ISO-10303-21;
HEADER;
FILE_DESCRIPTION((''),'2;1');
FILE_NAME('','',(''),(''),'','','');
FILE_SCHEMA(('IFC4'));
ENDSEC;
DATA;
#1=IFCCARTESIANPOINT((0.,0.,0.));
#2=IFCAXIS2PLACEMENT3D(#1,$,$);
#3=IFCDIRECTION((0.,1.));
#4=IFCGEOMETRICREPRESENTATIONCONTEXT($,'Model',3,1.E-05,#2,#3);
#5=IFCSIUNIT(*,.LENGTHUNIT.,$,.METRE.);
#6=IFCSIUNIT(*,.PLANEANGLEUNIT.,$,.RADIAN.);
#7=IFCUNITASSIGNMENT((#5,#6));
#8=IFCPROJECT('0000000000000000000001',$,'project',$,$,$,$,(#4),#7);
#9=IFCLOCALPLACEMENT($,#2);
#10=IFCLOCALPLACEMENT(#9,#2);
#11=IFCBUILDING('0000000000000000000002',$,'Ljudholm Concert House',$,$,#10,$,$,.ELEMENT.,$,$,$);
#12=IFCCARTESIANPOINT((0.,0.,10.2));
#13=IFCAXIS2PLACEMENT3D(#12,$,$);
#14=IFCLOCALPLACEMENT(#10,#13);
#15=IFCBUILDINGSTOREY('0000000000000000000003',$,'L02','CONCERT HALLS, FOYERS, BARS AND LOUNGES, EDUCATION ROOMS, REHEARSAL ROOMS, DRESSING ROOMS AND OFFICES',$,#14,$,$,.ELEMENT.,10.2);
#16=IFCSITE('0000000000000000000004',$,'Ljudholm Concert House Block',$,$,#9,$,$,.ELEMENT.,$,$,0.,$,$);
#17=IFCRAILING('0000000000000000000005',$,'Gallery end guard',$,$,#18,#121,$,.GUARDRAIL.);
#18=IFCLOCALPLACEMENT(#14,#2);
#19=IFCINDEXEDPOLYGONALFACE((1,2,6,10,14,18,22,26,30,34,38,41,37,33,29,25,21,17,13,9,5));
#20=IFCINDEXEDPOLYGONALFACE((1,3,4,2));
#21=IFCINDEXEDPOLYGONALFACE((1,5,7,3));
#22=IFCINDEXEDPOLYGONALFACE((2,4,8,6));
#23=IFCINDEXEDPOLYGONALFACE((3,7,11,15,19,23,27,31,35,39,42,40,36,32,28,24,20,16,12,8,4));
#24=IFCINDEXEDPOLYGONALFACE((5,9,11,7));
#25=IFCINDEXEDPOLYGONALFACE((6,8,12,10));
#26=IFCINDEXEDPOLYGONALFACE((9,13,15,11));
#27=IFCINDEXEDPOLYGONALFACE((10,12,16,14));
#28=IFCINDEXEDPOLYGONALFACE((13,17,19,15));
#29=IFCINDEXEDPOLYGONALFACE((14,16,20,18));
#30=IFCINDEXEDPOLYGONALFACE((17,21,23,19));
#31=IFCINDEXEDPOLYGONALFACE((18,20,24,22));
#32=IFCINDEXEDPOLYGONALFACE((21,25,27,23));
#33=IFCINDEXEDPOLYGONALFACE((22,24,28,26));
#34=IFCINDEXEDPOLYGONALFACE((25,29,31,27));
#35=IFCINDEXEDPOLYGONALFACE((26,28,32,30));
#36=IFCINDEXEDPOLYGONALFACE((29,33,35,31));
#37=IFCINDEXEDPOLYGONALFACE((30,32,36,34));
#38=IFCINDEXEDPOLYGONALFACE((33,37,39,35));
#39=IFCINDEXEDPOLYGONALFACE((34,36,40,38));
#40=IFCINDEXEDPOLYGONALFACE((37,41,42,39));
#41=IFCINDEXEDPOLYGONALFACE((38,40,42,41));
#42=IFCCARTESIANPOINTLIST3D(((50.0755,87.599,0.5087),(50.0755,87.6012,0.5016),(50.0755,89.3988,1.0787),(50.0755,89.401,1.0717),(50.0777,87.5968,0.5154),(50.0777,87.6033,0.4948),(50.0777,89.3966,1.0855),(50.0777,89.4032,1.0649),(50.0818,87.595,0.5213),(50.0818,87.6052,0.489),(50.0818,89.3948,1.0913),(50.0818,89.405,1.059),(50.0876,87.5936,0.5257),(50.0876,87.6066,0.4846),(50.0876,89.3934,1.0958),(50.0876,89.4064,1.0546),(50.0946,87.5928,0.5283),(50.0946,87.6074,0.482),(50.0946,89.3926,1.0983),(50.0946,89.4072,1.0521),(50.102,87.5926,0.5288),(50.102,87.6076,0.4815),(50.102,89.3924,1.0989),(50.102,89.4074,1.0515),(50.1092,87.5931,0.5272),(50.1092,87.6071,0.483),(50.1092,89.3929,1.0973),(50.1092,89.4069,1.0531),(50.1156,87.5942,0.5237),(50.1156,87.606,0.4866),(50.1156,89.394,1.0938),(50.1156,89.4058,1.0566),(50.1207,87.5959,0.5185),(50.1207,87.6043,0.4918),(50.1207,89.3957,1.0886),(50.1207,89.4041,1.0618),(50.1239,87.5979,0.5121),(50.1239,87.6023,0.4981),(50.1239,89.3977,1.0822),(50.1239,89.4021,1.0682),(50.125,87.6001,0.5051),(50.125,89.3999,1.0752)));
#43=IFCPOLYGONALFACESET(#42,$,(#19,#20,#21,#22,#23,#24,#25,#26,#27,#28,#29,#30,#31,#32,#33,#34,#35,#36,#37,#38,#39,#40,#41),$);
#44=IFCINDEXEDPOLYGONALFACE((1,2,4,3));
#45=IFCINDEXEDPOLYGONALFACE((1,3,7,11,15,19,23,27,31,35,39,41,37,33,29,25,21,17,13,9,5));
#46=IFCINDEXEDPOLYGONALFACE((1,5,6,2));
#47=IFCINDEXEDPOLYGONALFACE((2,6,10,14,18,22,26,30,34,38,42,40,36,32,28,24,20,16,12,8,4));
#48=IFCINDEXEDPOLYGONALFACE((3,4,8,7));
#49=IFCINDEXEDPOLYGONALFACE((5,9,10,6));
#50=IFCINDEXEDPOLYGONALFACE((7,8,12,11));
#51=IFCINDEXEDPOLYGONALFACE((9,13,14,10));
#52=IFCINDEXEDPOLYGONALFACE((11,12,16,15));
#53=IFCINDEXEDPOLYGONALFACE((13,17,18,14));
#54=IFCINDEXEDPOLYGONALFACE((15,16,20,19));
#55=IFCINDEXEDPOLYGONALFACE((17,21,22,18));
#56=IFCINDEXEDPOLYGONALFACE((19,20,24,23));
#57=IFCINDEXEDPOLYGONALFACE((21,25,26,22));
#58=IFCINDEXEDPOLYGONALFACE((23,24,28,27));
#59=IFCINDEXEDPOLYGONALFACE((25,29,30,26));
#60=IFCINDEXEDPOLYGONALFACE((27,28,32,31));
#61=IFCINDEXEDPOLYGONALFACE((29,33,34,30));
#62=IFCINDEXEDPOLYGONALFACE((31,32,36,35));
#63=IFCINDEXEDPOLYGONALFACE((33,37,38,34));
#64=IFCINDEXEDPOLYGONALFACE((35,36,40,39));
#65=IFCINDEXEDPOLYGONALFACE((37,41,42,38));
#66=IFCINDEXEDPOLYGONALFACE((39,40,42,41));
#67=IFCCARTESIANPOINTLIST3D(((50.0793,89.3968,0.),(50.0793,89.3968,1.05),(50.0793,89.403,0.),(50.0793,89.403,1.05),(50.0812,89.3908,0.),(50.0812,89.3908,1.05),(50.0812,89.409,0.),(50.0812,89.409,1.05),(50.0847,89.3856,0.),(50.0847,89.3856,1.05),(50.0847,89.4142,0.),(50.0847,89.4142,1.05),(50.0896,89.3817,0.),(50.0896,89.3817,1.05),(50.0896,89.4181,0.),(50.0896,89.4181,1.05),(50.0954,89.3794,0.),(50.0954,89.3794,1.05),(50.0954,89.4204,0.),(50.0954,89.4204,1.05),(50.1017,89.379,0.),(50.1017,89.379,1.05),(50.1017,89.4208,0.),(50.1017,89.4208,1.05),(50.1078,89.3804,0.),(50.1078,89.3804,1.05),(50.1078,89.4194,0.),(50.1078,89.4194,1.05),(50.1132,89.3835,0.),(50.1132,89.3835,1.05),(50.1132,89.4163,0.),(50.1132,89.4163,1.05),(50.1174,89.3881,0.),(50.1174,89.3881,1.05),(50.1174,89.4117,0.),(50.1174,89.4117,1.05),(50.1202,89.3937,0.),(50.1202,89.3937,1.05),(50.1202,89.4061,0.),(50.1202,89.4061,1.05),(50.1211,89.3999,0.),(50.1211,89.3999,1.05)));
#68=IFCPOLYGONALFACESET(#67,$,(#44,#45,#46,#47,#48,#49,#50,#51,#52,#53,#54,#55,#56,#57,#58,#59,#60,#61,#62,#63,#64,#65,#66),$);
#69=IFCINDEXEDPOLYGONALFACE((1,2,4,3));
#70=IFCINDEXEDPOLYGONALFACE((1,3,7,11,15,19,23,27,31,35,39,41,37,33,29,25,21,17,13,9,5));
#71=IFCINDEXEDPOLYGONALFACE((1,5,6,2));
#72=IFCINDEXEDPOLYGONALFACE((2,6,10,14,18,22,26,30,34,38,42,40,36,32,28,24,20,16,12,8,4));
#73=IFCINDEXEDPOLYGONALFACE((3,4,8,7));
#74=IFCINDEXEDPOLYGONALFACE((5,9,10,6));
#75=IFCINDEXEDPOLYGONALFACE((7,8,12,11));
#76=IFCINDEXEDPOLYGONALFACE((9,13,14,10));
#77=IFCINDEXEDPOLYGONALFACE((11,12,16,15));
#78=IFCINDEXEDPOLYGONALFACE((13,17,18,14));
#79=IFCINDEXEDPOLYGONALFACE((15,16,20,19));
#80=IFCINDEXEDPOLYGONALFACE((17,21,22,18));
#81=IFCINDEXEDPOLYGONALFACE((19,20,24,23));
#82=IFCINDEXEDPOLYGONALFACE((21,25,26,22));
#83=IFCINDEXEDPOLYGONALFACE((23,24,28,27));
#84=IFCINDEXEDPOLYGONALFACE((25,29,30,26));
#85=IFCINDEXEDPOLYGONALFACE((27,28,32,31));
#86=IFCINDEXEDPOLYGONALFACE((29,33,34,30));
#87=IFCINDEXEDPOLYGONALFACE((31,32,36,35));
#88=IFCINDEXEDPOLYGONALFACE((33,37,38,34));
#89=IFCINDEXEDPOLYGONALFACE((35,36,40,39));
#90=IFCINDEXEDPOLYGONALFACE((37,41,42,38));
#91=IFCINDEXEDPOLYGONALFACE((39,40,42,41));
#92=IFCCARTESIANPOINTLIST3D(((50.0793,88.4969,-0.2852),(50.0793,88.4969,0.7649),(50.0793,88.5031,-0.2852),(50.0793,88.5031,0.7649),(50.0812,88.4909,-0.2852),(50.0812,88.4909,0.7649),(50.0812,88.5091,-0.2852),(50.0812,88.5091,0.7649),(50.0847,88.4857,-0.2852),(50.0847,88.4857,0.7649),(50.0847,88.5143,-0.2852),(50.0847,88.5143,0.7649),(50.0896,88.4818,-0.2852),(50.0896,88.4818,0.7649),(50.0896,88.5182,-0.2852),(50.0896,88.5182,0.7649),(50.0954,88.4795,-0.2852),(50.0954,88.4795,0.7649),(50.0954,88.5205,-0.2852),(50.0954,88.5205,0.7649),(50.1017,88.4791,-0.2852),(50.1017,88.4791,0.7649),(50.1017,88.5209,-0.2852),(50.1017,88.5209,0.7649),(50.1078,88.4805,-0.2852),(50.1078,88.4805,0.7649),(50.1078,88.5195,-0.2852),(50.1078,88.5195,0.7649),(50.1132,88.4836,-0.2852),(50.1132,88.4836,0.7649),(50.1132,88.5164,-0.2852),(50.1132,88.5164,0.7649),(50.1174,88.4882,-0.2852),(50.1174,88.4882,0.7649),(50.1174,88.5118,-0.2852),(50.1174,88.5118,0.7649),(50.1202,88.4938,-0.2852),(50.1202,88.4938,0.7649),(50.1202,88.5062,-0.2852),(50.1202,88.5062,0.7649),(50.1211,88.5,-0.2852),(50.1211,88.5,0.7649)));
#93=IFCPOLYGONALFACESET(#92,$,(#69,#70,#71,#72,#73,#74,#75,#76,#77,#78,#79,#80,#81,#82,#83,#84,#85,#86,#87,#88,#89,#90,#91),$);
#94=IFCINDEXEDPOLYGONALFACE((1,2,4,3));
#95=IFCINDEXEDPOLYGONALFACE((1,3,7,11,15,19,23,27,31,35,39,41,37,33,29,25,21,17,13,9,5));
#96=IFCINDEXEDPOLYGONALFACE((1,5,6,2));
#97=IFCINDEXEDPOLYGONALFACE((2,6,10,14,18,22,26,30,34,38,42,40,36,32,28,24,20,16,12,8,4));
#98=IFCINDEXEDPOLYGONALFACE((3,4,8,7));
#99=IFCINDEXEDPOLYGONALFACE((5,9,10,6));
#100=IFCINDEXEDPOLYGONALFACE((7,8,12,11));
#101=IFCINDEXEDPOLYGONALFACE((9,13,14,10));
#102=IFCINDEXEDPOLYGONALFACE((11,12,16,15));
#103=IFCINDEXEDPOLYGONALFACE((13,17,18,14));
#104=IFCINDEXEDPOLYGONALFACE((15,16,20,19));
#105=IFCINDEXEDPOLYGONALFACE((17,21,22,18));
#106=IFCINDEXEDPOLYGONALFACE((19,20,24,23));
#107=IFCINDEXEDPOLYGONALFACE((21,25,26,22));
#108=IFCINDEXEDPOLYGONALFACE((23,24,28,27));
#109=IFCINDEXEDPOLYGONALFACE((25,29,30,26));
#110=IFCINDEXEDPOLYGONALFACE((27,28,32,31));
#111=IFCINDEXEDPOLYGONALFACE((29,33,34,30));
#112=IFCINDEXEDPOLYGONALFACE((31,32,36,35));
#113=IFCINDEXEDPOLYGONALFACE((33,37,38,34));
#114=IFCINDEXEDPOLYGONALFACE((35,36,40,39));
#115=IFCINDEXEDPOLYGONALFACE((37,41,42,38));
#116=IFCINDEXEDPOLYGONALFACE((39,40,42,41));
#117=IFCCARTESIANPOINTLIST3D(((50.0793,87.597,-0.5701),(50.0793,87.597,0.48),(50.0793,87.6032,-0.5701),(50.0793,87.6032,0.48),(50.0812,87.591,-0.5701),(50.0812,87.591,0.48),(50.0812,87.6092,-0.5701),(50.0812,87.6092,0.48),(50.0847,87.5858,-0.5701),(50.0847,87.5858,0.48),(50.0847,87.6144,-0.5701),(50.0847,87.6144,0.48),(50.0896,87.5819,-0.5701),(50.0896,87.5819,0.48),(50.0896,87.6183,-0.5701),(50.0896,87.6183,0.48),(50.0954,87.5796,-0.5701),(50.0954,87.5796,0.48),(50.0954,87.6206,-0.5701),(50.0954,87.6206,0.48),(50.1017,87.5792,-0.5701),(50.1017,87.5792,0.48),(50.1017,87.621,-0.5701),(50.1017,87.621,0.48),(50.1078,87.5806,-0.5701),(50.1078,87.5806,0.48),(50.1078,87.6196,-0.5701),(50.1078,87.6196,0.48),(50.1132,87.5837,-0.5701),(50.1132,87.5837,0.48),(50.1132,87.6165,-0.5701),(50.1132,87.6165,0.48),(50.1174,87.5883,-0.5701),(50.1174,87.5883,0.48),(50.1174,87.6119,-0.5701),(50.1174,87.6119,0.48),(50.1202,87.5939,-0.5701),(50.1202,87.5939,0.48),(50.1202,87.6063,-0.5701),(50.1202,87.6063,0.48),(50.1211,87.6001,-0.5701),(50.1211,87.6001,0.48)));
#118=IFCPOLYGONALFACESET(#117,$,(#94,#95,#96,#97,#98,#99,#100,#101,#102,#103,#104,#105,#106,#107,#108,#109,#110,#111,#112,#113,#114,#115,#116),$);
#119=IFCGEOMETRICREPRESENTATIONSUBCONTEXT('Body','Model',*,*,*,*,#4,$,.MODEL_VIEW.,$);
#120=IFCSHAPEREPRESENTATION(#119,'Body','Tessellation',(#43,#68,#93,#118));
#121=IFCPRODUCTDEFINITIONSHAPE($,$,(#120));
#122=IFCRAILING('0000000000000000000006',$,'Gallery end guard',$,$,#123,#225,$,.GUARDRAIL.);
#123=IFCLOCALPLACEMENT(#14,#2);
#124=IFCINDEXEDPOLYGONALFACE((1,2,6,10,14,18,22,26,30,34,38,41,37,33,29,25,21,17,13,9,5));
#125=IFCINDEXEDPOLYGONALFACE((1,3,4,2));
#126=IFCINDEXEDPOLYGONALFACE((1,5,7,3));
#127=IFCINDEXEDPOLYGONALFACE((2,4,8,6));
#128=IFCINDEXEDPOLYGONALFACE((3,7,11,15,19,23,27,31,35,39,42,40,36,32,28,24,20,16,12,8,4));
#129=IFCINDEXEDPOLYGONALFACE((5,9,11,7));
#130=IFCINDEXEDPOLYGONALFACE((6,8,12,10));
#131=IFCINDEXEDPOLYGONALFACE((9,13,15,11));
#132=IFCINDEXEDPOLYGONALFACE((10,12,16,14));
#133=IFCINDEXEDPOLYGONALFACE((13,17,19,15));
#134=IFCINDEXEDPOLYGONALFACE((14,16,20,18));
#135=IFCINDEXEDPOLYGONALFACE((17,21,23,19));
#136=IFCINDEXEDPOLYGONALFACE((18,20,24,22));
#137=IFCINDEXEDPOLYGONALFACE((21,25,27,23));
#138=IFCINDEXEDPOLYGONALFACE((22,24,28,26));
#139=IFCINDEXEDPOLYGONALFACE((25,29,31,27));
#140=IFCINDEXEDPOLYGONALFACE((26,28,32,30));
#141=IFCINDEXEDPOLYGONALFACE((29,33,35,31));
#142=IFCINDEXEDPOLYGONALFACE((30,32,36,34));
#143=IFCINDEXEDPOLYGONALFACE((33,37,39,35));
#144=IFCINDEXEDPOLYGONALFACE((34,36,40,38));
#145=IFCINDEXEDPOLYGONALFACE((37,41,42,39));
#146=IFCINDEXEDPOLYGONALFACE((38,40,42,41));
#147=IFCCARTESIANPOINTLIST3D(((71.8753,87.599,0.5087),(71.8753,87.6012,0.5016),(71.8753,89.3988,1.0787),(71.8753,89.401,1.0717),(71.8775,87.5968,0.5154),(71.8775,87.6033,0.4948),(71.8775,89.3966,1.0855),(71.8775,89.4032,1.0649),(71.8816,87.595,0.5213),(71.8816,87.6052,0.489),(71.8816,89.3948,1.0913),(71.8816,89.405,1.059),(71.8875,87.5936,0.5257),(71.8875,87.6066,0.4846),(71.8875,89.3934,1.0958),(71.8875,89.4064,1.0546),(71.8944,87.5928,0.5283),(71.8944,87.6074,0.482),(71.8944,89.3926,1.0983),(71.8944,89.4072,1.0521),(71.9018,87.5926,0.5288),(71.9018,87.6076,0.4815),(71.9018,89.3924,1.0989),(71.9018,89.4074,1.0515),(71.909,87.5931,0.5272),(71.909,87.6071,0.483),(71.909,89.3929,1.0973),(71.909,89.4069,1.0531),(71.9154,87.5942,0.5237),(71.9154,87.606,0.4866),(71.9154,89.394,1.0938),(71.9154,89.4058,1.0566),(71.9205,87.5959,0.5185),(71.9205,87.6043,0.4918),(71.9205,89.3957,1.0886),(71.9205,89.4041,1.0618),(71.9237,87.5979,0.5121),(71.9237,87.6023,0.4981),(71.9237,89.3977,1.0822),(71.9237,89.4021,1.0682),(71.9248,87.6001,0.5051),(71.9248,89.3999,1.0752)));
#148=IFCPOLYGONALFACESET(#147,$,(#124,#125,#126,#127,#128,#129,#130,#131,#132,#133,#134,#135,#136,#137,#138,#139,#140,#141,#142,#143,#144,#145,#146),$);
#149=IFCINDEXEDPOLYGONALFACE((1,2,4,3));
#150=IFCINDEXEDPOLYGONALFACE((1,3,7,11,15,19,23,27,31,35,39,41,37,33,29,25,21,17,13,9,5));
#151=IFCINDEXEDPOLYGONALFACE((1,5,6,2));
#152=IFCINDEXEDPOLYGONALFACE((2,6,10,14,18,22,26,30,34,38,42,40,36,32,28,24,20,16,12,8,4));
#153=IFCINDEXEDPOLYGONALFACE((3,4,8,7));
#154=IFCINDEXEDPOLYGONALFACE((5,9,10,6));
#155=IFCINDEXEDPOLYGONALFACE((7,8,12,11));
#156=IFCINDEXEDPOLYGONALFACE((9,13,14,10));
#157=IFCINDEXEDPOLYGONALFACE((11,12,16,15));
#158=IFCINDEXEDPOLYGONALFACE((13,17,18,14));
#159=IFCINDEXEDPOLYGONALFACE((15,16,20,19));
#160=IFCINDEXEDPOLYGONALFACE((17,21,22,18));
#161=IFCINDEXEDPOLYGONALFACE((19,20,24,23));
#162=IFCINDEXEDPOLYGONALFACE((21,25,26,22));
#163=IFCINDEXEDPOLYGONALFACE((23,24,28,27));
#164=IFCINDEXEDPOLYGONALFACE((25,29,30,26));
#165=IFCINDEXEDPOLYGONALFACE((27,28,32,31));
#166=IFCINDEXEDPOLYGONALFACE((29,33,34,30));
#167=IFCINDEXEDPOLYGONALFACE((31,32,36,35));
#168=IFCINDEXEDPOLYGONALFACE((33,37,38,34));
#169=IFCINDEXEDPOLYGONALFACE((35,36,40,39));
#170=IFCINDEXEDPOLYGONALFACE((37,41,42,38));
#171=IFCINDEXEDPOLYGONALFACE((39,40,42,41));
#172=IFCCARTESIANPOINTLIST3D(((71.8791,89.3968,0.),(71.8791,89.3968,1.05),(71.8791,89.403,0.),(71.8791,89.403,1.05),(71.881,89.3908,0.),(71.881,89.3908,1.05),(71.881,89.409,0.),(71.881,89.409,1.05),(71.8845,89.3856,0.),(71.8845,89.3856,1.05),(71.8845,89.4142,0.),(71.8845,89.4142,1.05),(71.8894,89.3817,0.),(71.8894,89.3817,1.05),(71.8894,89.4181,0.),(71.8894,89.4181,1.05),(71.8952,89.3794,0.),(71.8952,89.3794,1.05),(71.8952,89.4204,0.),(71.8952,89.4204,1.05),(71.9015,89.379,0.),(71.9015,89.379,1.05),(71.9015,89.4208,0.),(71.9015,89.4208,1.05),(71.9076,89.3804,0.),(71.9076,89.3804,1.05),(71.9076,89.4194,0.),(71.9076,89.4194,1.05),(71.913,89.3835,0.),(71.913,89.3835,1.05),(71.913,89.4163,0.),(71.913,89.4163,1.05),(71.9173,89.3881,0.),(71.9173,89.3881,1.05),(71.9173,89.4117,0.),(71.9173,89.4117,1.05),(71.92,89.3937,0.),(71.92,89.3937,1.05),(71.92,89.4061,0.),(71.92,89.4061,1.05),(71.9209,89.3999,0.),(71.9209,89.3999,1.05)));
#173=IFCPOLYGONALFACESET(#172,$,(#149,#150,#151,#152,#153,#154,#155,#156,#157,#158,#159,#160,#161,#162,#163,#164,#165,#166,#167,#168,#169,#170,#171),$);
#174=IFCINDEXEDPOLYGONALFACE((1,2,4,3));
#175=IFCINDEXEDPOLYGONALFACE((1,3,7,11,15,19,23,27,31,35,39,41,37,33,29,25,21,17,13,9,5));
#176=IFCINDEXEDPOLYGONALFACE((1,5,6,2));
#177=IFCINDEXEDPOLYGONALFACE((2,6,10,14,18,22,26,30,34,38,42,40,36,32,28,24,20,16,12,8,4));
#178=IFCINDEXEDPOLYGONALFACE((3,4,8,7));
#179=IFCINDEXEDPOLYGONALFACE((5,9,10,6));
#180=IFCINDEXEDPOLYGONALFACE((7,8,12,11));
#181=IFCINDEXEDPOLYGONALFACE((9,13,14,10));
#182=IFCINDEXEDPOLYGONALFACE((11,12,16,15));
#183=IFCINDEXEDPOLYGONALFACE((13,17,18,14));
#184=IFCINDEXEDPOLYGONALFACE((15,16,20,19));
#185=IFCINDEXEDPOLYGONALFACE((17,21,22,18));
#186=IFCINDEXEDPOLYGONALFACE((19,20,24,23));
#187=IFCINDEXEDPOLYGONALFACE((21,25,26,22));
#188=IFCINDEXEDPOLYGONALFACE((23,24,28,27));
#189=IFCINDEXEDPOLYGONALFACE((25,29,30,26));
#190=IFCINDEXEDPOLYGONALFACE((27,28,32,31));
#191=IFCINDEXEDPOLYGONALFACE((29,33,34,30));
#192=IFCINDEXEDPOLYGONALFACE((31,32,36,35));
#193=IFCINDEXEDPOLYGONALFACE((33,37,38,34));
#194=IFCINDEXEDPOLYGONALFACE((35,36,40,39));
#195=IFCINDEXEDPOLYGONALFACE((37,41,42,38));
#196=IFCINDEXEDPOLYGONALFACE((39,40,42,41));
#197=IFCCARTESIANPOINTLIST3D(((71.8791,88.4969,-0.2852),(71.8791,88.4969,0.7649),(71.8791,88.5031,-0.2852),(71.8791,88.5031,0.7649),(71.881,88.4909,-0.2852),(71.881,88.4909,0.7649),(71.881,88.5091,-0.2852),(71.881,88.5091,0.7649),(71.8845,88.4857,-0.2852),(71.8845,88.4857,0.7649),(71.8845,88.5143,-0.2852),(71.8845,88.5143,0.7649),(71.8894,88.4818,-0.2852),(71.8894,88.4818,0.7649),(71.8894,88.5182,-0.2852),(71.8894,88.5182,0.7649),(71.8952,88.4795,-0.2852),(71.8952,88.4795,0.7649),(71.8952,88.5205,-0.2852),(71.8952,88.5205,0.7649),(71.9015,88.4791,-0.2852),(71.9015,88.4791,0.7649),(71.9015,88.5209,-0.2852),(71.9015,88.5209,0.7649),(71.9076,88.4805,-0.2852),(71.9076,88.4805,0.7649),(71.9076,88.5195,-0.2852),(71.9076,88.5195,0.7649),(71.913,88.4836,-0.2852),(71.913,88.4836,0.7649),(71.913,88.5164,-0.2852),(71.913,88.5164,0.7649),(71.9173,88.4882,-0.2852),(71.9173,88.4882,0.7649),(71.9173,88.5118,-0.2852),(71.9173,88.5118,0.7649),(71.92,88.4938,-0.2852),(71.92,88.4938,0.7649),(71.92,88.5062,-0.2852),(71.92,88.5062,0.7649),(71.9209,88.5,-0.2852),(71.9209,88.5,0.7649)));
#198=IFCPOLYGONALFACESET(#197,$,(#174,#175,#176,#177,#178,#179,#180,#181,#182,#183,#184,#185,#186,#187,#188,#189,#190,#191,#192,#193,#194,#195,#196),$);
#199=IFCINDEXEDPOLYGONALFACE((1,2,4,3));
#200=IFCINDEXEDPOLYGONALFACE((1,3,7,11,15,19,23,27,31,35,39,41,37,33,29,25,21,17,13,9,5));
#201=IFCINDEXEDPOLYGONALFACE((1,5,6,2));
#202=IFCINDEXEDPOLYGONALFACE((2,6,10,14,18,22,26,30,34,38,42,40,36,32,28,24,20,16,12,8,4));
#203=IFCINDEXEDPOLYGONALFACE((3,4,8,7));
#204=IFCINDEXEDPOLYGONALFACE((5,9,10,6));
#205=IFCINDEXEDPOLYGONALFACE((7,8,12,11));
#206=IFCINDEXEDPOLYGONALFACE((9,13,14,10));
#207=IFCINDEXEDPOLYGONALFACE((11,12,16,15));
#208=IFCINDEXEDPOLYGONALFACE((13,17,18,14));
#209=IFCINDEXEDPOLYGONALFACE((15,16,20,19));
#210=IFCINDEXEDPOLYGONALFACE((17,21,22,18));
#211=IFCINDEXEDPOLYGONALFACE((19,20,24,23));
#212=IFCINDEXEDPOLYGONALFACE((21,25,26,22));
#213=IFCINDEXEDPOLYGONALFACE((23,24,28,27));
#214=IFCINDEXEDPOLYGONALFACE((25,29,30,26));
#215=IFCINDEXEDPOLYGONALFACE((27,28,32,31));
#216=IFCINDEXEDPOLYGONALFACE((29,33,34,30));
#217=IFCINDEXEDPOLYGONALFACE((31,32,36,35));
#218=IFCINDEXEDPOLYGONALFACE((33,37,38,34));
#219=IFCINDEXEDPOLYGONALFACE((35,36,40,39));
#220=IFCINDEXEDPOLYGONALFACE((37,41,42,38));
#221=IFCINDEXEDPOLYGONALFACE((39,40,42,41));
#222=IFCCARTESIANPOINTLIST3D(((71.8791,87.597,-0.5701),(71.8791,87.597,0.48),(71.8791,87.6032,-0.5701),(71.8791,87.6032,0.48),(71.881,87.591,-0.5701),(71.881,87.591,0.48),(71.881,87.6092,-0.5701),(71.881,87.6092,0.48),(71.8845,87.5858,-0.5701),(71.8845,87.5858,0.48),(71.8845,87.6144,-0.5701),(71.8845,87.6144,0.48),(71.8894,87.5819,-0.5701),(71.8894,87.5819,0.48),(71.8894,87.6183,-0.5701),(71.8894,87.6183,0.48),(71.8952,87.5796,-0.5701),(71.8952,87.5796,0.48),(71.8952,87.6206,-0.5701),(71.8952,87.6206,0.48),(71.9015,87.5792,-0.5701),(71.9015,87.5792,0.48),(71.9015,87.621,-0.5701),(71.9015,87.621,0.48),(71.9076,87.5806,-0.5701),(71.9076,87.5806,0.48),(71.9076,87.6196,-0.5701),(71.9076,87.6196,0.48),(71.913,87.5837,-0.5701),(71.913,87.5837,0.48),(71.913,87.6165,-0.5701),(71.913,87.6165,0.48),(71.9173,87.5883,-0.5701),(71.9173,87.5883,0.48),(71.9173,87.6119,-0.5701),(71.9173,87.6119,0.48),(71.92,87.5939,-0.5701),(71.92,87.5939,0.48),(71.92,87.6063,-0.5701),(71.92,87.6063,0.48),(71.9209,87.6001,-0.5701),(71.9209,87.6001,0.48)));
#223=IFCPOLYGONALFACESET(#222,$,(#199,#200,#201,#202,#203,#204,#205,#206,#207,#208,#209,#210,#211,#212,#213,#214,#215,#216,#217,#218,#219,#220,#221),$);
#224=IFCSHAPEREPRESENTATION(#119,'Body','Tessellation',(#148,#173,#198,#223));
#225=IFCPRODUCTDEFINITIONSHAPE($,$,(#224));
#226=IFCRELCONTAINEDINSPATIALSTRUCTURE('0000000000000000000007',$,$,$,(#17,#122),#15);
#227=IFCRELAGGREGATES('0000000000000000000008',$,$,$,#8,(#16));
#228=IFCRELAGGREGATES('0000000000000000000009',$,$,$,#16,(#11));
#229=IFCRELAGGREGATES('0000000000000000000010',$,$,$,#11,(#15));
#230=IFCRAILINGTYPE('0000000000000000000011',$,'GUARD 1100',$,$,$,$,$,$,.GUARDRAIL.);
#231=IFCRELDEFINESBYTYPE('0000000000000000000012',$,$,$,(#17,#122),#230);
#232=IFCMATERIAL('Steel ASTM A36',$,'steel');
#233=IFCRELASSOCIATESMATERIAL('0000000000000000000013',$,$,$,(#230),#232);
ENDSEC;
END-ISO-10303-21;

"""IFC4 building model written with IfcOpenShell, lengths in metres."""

from ifc_helpers import new_model, si_unit, direction, frame, origin, origin_2d, place, context, subcontext, project, spatial, circle, extrude, material, type_object, element, save


model = new_model("IFC4")

# Units and contexts
model_context = context("Model", 3, precision=1e-05, world=origin(), true_north=direction((0.0, 1.0)))
body_context = subcontext(model_context, "Body", "Model", "MODEL_VIEW")
ifc_project = project(units=[si_unit("LENGTHUNIT", "METRE"), si_unit("PLANEANGLEUNIT", "RADIAN")], contexts=[model_context])

# Site, building, storey
site_placement = place(None, origin())
site = spatial("IfcSite", under=ifc_project, at=site_placement, Name="Ljudholm Concert House Block", CompositionType="ELEMENT", RefElevation=0.0)
building_placement = place(site_placement, origin())
building = spatial("IfcBuilding", under=site, at=building_placement, Name="Ljudholm Concert House", CompositionType="ELEMENT")
storey_placement = place(building_placement, frame((0.0, 0.0, 10.2)))
storey = spatial("IfcBuildingStorey", under=building, at=storey_placement, Name="L02", Description="CONCERT HALLS, FOYERS, BARS AND LOUNGES, EDUCATION ROOMS, REHEARSAL ROOMS, DRESSING ROOMS AND OFFICES", CompositionType="ELEMENT", Elevation=10.2)

# Railings
ifc_material_1 = material(Name="Steel ASTM A36", Category="steel")
railing_type = type_object("IfcRailingType", Name="GUARD 1100", PredefinedType="GUARDRAIL", material=ifc_material_1)
for number, where, name in (
    (1, (50.1001, 89.3999, 0.0), "Gallery end guard"),
    (2, (71.8999, 89.3999, 0.0), "Gallery end guard"),
):
    element("IfcRailing", number, at=place(storey_placement, frame(where)), inside=storey, type_object=railing_type, Name=name, PredefinedType="GUARDRAIL", context=body_context, shape_type="SweptSolid", body=[
        extrude(circle(Radius=0.0249, at=origin_2d()), frame((0.0, 0.0, 1.0752), z_axis=(0.0, -0.953322, -0.301954), x_axis=(1.0, 0.0, 0.0)), (0.0, 0.0, 1.0), 1.8879),
        extrude(circle(Radius=0.021, at=origin_2d()), origin(), (0.0, 0.0, 1.0), 1.05),
        extrude(circle(Radius=0.021, at=origin_2d()), frame((0.0, -0.8999, -0.2852)), (0.0, 0.0, 1.0), 1.05),
        extrude(circle(Radius=0.021, at=origin_2d()), frame((0.0, -1.7998, -0.5701)), (0.0, 0.0, 1.0), 1.05),
    ])

save(model, "model.ifc")
